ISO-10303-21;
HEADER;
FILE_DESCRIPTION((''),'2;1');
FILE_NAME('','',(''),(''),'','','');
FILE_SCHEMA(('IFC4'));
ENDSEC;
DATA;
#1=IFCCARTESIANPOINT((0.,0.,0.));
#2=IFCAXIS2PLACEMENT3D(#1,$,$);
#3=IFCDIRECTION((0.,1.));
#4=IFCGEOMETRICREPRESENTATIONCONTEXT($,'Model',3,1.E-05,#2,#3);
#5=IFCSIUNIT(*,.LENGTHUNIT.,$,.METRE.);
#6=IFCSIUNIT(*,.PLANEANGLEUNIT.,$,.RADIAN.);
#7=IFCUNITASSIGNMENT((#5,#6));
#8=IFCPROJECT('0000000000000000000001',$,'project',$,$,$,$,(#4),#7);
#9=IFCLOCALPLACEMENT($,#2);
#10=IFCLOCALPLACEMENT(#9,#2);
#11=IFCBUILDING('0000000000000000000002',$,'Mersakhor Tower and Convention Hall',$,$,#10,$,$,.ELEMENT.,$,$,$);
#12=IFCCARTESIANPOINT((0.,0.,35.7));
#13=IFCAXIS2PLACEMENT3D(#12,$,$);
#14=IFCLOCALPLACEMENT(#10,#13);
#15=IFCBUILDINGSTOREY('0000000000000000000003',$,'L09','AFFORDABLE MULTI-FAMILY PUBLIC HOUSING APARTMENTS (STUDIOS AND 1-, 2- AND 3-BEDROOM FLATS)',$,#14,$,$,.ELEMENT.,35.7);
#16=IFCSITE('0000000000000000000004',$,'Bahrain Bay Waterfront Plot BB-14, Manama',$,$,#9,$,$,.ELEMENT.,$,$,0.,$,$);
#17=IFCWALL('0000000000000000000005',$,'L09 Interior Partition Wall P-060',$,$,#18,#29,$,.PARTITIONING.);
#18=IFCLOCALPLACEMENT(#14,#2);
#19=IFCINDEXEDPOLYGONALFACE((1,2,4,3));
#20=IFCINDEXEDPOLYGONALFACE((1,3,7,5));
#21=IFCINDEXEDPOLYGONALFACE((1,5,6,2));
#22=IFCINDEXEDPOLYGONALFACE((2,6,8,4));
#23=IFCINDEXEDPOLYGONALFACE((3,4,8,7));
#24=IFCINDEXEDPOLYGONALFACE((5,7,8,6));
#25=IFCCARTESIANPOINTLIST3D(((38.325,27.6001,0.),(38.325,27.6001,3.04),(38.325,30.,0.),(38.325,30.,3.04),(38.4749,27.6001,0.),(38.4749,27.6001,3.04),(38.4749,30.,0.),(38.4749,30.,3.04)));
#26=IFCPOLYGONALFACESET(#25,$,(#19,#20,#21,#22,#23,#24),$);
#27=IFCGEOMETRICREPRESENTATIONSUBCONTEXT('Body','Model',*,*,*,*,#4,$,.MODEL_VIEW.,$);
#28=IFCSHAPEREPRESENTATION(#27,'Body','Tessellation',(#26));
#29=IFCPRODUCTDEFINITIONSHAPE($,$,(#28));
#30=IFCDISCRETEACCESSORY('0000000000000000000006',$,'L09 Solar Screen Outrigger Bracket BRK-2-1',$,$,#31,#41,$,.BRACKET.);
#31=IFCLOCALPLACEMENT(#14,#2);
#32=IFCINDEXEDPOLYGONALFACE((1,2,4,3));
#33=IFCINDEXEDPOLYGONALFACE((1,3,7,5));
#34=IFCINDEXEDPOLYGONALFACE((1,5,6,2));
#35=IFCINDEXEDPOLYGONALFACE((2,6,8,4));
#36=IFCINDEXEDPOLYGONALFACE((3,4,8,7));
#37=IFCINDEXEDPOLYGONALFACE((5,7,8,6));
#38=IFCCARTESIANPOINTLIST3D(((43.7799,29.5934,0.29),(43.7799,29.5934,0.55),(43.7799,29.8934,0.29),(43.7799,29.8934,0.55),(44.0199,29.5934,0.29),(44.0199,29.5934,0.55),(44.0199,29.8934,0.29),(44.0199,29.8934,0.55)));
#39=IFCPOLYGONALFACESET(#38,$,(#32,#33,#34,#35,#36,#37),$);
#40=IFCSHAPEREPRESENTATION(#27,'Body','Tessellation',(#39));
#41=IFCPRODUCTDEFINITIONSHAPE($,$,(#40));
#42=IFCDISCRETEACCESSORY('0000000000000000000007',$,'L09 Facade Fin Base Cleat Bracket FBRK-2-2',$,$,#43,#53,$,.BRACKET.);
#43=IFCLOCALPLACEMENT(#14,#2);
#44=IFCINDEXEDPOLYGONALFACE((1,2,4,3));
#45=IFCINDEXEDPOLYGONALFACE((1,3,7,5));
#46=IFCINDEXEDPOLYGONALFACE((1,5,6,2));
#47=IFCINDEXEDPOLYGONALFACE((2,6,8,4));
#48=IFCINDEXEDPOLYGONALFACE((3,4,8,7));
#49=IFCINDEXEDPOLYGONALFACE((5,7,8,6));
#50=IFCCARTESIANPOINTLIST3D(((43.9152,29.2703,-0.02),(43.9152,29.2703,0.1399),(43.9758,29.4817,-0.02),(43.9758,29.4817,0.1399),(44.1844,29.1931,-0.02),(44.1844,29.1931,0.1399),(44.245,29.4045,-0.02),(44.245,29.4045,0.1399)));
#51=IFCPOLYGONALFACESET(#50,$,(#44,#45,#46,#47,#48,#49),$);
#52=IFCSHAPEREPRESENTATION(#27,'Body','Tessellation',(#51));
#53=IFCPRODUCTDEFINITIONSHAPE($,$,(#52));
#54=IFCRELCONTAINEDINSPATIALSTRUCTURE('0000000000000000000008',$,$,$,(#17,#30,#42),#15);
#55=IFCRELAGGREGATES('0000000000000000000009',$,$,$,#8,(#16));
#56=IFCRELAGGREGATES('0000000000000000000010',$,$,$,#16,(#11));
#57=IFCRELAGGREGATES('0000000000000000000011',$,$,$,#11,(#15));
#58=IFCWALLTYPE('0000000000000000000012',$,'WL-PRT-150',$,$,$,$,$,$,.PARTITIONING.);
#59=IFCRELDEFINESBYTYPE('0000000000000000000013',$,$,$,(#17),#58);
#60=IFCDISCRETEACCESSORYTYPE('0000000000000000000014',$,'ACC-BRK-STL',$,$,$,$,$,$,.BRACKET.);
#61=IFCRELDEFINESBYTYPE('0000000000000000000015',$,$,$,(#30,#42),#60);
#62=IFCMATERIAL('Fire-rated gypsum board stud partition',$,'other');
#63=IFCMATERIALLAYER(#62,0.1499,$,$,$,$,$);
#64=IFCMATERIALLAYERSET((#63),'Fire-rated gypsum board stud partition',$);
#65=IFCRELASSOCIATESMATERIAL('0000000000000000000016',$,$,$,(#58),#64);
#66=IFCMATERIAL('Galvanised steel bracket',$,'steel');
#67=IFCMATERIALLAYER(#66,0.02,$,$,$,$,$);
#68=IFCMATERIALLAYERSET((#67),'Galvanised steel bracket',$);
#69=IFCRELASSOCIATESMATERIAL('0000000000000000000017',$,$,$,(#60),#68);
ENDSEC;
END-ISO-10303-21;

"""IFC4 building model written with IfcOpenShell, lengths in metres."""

from ifc_helpers import new_model, si_unit, direction, frame, frame_2d, origin, origin_2d, place, context, subcontext, project, spatial, rectangle, extrude, material, layer, layer_set, type_object, element, save


model = new_model("IFC4")

# Units and contexts
model_context = context("Model", 3, precision=1e-05, world=origin(), true_north=direction((0.0, 1.0)))
body_context = subcontext(model_context, "Body", "Model", "MODEL_VIEW")
ifc_project = project(units=[si_unit("LENGTHUNIT", "METRE"), si_unit("PLANEANGLEUNIT", "RADIAN")], contexts=[model_context])

# Site, building, storey
site_placement = place(None, origin())
site = spatial("IfcSite", under=ifc_project, at=site_placement, Name="Bahrain Bay Waterfront Plot BB-14, Manama", CompositionType="ELEMENT", RefElevation=0.0)
building_placement = place(site_placement, origin())
building = spatial("IfcBuilding", under=site, at=building_placement, Name="Mersakhor Tower and Convention Hall", CompositionType="ELEMENT")
storey_placement = place(building_placement, frame((0.0, 0.0, 35.7)))
storey = spatial("IfcBuildingStorey", under=building, at=storey_placement, Name="L09", Description="AFFORDABLE MULTI-FAMILY PUBLIC HOUSING APARTMENTS (STUDIOS AND 1-, 2- AND 3-BEDROOM FLATS)", CompositionType="ELEMENT", Elevation=35.7)

# Wall
ifc_material_1 = material(Name="Fire-rated gypsum board stud partition", Category="other")
ifc_layer_1 = layer(ifc_material_1, 0.1499)
ifc_layer_set_1 = layer_set([ifc_layer_1], Name="Fire-rated gypsum board stud partition")
wall_type_1 = type_object("IfcWallType", Name="WL-PRT-150", PredefinedType="PARTITIONING", material=ifc_layer_set_1)
wall_1_placement = place(storey_placement, frame((38.3999, 30.0, 0.0), z_axis=(0.0, 0.0, 1.0), x_axis=(0.0, -1.0, 0.0)))
element("IfcWall", 1, at=wall_1_placement, inside=storey, type_object=wall_type_1, Name="L09 Interior Partition Wall P-060", PredefinedType="PARTITIONING", context=body_context, shape_type="SweptSolid", body=[
    extrude(rectangle(XDim=2.3999, YDim=0.1499, at=frame_2d((1.2, 0.0))), origin(), (0.0, 0.0, 1.0), 3.04),
])

# Discrete accessories
ifc_material_2 = material(Name="Galvanised steel bracket", Category="steel")
ifc_layer_2 = layer(ifc_material_2, 0.02)
ifc_layer_set_2 = layer_set([ifc_layer_2], Name="Galvanised steel bracket")
discrete_accessory_type = type_object("IfcDiscreteAccessoryType", Name="ACC-BRK-STL", PredefinedType="BRACKET", material=ifc_layer_set_2)
discrete_accessory_1_placement = place(storey_placement, frame((43.8999, 29.7434, 0.29), z_axis=(0.0, 0.0, 1.0), x_axis=(0.0, -1.0, 0.0)))
element("IfcDiscreteAccessory", 2, at=discrete_accessory_1_placement, inside=storey, type_object=discrete_accessory_type, Name="L09 Solar Screen Outrigger Bracket BRK-2-1", PredefinedType="BRACKET", context=body_context, shape_type="SweptSolid", body=[
    extrude(rectangle(XDim=0.3, YDim=0.24, at=origin_2d()), origin(), (0.0, 0.0, 1.0), 0.26),
])
discrete_accessory_2_placement = place(storey_placement, frame((44.0801, 29.3374, -0.02), z_axis=(0.0, 0.0, 1.0), x_axis=(0.961262, -0.275637, 0.0)))
element("IfcDiscreteAccessory", 3, at=discrete_accessory_2_placement, inside=storey, type_object=discrete_accessory_type, Name="L09 Facade Fin Base Cleat Bracket FBRK-2-2", PredefinedType="BRACKET", context=body_context, shape_type="SweptSolid", body=[
    extrude(rectangle(XDim=0.28, YDim=0.22, at=origin_2d()), origin(), (0.0, 0.0, 1.0), 0.1599),
])

save(model, "model.ifc")
